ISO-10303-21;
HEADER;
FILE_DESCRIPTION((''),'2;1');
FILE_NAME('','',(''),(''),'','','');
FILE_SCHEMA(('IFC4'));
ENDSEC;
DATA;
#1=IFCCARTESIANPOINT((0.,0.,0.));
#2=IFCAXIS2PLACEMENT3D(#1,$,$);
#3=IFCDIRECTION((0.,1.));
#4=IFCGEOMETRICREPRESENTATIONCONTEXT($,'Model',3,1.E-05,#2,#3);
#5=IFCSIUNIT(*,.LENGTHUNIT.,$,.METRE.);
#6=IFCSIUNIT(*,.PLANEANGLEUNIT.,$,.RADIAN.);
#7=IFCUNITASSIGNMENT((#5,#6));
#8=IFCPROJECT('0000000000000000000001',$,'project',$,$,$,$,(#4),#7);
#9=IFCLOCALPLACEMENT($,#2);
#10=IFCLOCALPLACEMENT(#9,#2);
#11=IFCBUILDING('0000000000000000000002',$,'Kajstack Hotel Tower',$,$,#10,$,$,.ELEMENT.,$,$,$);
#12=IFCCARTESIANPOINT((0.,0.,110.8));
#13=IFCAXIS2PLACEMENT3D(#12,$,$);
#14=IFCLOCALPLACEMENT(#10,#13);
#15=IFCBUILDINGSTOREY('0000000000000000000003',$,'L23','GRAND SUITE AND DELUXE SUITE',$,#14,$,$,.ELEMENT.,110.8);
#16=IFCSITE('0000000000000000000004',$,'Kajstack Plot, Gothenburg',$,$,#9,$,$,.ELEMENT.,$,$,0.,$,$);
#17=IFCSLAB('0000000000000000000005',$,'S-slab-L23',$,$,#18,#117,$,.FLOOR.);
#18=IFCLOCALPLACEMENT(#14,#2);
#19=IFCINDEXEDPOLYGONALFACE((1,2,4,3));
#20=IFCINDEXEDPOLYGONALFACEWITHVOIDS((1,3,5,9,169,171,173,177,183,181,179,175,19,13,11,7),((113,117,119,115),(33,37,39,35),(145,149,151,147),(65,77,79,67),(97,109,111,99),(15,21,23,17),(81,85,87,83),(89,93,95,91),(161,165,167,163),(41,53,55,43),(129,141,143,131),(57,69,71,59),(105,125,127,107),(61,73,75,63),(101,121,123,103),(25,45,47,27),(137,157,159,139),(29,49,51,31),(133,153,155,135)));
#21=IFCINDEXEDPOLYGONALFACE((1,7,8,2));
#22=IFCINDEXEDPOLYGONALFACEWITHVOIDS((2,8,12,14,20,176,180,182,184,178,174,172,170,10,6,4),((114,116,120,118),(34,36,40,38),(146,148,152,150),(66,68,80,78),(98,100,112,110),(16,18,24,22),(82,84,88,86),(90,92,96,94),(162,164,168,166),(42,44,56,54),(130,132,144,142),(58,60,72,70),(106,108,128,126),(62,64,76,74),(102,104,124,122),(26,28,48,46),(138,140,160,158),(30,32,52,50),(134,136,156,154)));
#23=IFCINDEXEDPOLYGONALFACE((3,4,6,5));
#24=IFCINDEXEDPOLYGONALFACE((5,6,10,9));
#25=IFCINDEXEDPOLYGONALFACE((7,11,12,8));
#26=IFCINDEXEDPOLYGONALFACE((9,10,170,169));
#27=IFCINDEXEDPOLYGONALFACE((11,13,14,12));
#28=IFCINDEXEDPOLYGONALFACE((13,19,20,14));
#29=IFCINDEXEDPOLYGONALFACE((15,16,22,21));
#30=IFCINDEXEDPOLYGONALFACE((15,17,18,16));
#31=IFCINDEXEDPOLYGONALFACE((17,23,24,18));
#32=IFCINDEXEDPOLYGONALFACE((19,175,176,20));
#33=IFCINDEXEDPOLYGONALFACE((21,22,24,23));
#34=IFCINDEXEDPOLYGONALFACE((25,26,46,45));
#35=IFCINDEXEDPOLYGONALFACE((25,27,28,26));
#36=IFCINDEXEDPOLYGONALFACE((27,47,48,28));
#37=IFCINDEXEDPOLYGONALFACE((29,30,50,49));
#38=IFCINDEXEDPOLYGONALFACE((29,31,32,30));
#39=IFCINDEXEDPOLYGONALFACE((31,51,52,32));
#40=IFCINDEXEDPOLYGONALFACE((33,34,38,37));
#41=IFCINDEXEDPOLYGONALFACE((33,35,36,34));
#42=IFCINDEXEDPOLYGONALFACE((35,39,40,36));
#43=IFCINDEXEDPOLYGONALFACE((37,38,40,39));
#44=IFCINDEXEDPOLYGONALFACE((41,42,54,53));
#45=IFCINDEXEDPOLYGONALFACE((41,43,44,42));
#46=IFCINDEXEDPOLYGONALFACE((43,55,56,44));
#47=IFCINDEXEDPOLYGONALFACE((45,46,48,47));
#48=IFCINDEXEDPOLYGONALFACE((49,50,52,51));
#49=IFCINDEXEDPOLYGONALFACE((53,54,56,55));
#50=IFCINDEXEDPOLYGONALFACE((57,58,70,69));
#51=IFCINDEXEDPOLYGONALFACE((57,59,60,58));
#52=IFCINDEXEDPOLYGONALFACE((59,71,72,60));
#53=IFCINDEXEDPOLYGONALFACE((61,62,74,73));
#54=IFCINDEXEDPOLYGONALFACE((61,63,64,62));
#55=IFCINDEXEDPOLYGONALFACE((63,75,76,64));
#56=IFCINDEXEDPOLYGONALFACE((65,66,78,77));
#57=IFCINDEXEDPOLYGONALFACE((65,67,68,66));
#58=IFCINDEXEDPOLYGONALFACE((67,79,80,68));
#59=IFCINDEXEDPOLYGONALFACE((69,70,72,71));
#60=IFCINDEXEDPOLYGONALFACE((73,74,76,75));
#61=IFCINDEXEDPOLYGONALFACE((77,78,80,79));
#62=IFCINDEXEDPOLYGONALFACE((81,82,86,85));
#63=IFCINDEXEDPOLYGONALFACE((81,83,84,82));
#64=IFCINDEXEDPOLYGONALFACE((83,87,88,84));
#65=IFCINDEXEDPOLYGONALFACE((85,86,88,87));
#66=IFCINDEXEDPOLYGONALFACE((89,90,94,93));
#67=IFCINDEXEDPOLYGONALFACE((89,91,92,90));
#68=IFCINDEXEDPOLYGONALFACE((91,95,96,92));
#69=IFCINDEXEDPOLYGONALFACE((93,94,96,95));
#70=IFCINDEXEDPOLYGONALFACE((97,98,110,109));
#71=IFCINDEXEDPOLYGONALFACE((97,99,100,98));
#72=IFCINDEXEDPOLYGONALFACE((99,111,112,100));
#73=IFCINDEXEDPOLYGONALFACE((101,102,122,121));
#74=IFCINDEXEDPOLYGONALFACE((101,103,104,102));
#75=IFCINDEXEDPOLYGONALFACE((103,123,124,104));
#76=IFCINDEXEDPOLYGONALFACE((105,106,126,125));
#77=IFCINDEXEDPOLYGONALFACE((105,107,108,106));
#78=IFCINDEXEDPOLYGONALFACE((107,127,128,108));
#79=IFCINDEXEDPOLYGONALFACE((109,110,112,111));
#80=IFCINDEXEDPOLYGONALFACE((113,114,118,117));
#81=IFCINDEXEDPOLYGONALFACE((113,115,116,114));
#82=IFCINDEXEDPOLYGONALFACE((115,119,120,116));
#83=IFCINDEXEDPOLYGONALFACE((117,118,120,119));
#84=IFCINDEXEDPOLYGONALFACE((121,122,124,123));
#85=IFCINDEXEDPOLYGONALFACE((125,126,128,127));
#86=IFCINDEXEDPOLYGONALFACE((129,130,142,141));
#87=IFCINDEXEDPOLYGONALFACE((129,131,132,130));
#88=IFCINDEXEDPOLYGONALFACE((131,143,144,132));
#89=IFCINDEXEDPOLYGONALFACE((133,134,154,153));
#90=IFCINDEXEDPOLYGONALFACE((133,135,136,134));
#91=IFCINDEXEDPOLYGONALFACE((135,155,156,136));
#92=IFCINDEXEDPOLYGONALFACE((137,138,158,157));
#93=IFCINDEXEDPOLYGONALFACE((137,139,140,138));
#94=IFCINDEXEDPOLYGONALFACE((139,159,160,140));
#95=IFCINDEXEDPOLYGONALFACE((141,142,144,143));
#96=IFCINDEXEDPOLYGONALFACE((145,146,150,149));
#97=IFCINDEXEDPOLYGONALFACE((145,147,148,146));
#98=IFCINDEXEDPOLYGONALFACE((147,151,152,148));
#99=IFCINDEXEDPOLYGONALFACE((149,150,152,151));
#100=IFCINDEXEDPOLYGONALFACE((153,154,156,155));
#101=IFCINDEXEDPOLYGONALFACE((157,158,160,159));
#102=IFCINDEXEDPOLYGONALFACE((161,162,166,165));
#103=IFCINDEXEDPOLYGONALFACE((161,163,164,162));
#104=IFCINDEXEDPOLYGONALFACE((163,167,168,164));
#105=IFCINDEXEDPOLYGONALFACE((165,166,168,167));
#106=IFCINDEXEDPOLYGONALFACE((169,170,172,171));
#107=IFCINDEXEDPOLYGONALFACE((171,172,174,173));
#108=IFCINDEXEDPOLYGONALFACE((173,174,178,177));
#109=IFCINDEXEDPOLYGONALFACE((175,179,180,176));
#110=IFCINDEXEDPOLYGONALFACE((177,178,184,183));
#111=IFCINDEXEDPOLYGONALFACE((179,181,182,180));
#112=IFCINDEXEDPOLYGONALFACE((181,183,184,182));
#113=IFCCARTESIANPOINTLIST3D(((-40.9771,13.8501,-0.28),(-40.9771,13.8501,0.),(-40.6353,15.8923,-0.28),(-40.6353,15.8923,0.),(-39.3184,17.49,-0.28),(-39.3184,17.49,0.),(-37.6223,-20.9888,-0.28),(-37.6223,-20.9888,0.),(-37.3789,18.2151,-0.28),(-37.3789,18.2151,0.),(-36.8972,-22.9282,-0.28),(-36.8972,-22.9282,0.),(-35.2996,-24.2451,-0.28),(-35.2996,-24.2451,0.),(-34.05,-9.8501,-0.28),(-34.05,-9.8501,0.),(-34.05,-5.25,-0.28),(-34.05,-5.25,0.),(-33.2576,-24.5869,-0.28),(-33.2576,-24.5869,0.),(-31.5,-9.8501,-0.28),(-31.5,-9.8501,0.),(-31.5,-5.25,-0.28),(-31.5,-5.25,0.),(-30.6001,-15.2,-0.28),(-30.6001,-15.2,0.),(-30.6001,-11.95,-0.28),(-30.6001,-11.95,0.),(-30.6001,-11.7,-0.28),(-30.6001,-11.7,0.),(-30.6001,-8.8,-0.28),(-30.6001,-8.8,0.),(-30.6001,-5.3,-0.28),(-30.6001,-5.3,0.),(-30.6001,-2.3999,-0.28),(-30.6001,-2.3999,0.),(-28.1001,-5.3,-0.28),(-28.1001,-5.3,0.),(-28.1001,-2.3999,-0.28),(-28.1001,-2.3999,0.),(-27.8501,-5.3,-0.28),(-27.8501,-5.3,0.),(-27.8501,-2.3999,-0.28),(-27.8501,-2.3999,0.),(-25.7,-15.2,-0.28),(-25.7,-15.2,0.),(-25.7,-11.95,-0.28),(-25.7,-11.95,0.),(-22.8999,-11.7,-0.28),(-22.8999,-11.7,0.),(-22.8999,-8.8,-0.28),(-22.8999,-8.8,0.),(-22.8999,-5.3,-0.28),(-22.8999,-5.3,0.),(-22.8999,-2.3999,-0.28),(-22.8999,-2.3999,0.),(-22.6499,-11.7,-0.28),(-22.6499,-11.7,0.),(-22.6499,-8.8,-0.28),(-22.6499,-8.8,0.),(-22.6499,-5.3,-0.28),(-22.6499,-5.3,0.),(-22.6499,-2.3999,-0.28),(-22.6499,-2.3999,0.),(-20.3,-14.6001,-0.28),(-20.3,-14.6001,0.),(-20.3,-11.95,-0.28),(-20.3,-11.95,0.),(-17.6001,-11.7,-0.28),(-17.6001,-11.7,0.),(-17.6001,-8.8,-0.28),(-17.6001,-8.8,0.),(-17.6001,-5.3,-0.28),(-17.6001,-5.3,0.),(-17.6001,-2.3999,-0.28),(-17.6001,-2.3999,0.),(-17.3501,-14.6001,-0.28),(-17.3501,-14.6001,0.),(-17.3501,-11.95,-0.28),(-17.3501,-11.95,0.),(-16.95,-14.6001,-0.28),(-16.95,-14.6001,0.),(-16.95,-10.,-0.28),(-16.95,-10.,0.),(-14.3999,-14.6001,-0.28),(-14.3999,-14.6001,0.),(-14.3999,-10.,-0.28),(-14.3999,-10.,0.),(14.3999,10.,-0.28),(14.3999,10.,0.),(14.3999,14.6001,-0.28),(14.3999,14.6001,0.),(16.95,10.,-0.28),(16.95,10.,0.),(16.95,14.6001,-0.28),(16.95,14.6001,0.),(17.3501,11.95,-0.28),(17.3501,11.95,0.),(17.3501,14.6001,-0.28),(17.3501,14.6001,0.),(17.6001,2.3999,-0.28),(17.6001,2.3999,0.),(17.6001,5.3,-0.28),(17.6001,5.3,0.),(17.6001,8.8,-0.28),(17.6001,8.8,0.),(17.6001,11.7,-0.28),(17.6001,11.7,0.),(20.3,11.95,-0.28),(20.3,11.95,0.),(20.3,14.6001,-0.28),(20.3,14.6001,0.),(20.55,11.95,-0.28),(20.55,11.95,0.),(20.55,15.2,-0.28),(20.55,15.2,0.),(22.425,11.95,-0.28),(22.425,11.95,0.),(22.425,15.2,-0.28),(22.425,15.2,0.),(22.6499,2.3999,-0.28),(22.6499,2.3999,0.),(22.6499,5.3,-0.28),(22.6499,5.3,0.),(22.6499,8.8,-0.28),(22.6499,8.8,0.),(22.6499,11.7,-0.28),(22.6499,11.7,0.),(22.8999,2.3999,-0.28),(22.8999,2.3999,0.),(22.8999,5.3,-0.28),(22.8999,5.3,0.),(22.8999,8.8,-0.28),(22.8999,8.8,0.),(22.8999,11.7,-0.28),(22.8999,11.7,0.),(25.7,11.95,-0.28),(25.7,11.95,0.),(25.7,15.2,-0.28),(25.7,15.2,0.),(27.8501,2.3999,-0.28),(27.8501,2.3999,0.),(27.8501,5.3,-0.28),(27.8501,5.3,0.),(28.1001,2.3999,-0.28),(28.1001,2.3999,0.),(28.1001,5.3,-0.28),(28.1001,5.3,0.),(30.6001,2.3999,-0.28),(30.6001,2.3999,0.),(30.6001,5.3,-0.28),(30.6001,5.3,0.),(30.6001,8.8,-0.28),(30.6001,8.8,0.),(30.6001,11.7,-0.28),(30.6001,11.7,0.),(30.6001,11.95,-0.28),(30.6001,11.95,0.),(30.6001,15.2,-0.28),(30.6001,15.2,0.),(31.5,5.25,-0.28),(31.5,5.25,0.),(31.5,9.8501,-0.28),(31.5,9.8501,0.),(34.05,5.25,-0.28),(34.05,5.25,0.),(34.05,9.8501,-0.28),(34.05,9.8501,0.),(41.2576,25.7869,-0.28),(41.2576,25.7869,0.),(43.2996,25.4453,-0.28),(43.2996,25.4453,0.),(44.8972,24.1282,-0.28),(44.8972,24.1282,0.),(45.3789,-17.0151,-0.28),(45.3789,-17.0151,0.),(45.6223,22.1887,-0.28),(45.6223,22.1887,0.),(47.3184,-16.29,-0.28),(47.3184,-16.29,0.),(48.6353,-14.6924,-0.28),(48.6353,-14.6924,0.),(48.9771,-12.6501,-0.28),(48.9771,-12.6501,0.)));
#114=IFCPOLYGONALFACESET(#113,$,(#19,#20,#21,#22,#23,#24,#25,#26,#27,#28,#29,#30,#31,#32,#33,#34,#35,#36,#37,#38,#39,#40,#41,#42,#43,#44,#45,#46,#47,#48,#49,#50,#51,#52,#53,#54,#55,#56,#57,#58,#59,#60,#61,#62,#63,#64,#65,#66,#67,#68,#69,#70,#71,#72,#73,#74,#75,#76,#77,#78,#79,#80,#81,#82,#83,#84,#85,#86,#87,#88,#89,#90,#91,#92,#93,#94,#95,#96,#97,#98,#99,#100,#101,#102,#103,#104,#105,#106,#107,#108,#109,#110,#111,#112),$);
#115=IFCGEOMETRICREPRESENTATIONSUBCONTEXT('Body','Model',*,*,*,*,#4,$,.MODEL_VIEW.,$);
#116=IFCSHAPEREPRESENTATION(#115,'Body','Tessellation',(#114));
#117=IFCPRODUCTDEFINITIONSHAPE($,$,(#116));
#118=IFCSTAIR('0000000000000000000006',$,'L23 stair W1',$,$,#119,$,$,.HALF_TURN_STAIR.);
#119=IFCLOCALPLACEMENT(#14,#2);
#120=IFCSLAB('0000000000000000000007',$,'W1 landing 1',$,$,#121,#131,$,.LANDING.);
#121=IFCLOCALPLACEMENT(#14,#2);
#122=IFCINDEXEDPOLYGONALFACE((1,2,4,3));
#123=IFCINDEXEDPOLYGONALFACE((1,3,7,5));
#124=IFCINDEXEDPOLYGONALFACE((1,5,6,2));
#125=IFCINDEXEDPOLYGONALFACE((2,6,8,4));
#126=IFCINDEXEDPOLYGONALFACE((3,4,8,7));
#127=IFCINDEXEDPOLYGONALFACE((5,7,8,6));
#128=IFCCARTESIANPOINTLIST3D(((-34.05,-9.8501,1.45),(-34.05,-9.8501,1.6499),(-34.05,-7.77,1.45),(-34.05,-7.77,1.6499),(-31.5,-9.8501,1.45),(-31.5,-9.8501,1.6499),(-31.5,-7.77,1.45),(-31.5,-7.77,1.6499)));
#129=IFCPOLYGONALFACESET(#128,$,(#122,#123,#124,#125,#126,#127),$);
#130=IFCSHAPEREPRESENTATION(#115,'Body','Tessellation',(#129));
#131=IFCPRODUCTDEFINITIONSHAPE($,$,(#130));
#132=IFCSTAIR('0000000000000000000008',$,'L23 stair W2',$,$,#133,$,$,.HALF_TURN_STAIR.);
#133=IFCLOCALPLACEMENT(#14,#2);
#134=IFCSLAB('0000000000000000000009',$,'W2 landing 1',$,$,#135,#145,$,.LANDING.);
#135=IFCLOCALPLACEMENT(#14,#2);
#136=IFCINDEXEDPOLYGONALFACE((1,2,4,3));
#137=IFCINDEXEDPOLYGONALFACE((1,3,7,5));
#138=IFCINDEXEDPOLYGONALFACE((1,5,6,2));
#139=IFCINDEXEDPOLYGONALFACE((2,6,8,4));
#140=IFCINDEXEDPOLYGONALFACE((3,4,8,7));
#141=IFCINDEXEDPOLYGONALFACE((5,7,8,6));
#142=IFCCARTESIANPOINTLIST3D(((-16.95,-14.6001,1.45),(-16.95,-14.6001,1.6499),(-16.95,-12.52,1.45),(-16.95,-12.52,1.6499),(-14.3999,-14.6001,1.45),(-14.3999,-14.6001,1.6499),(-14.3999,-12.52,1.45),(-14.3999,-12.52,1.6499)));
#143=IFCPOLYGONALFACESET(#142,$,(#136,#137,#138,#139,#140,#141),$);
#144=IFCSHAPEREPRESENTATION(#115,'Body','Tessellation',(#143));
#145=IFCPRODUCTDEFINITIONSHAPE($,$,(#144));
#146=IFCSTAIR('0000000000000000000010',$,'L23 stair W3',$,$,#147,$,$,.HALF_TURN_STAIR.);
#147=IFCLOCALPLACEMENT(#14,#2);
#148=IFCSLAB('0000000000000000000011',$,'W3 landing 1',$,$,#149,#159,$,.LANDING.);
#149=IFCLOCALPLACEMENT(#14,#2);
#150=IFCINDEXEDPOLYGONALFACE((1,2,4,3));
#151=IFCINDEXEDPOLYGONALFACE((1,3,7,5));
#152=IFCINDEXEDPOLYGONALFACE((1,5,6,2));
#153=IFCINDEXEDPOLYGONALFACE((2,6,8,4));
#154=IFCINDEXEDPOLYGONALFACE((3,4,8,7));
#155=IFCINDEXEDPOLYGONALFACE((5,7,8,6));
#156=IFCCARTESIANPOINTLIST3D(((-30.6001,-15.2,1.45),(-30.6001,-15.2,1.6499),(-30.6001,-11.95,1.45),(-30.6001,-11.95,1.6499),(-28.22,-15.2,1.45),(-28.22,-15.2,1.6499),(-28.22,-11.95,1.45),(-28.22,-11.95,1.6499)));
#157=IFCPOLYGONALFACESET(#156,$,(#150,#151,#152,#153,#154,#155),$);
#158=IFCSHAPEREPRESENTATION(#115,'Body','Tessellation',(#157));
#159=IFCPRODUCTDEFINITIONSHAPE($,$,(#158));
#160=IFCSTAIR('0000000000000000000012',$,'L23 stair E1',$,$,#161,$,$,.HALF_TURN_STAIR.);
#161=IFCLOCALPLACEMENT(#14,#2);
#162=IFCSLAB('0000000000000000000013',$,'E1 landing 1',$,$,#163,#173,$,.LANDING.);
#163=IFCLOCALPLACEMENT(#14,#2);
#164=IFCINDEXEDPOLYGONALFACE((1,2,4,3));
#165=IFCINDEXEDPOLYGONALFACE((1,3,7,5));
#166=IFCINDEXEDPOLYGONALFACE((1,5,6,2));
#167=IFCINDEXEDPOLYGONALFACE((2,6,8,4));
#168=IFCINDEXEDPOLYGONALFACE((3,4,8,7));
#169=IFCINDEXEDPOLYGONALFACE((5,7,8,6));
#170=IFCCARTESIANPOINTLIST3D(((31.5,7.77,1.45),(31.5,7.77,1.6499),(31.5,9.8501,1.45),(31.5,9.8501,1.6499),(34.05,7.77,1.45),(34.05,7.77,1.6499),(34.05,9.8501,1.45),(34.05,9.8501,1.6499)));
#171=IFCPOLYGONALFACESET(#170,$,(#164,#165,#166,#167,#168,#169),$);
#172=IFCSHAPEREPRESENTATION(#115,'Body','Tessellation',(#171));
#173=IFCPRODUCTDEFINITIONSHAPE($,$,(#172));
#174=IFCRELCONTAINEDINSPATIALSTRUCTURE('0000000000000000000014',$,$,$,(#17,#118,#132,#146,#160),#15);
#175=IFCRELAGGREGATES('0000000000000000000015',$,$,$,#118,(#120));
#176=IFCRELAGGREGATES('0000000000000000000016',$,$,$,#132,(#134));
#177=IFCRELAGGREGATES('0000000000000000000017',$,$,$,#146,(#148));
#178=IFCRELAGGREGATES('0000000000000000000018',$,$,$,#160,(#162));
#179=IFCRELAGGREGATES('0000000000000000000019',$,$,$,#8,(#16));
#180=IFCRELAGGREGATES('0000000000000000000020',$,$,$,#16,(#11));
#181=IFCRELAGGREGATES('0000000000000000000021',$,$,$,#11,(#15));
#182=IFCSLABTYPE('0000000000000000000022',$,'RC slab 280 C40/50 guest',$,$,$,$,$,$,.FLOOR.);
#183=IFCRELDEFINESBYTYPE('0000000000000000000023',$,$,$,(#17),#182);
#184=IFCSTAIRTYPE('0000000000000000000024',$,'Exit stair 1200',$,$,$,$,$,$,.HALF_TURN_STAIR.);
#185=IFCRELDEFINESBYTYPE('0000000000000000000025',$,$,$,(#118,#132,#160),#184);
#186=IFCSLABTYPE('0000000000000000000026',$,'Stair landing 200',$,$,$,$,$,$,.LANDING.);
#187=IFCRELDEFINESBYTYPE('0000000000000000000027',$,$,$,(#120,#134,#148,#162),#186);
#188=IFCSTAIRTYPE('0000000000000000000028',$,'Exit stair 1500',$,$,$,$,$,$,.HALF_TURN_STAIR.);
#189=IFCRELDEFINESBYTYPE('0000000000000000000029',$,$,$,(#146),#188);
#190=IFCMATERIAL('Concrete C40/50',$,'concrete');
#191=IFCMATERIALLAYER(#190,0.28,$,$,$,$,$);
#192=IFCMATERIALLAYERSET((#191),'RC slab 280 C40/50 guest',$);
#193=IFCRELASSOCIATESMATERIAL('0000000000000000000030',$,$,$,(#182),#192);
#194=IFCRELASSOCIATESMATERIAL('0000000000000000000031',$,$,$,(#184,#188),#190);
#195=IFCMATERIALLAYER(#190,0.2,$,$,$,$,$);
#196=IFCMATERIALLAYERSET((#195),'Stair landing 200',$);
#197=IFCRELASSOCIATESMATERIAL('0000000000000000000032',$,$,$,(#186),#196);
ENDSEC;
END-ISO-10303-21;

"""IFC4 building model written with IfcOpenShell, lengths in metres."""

from ifc_helpers import new_model, si_unit, direction, frame, origin, place, context, subcontext, project, spatial, polyline, outline, extrude, material, layer, layer_set, type_object, element, aggregate, save


model = new_model("IFC4")

# Units and contexts
model_context = context("Model", 3, precision=1e-05, world=origin(), true_north=direction((0.0, 1.0)))
body_context = subcontext(model_context, "Body", "Model", "MODEL_VIEW")
ifc_project = project(units=[si_unit("LENGTHUNIT", "METRE"), si_unit("PLANEANGLEUNIT", "RADIAN")], contexts=[model_context])

# Site, building, storey
site_placement = place(None, origin())
site = spatial("IfcSite", under=ifc_project, at=site_placement, Name="Kajstack Plot, Gothenburg", CompositionType="ELEMENT", RefElevation=0.0)
building_placement = place(site_placement, origin())
building = spatial("IfcBuilding", under=site, at=building_placement, Name="Kajstack Hotel Tower", CompositionType="ELEMENT")
storey_placement = place(building_placement, frame((0.0, 0.0, 110.8)))
storey = spatial("IfcBuildingStorey", under=building, at=storey_placement, Name="L23", Description="GRAND SUITE AND DELUXE SUITE", CompositionType="ELEMENT", Elevation=110.8)

# Slab
ifc_material_1 = material(Name="Concrete C40/50", Category="concrete")
ifc_layer_1 = layer(ifc_material_1, 0.28)
ifc_layer_set_1 = layer_set([ifc_layer_1], Name="RC slab 280 C40/50 guest")
slab_type_1 = type_object("IfcSlabType", Name="RC slab 280 C40/50 guest", PredefinedType="FLOOR", material=ifc_layer_set_1)
slab_1_placement = place(storey_placement, frame((0.0, 0.0, -0.28)))
element("IfcSlab", 1, at=slab_1_placement, inside=storey, type_object=slab_type_1, Name="S-slab-L23", PredefinedType="FLOOR", context=body_context, shape_type="SweptSolid", body=[
    extrude(outline(polyline([(-40.9771, 13.8501), (-37.6223, -20.9888), (-36.8972, -22.9282), (-35.2996, -24.2451), (-33.2576, -24.5869), (45.3789, -17.0151), (47.3184, -16.29), (48.6353, -14.6924), (48.9771, -12.6501), (45.6223, 22.1887), (44.8972, 24.1282), (43.2996, 25.4453), (41.2576, 25.7869), (-37.3789, 18.2151), (-39.3184, 17.49), (-40.6353, 15.8923), (-40.9771, 13.8501)]), holes=[polyline([(-30.6001, -11.7), (-30.6001, -8.8), (-22.8999, -8.8), (-22.8999, -11.7), (-30.6001, -11.7)]), polyline([(-22.6499, -11.7), (-22.6499, -8.8), (-17.6001, -8.8), (-17.6001, -11.7), (-22.6499, -11.7)]), polyline([(-27.8501, -5.3), (-27.8501, -2.3999), (-22.8999, -2.3999), (-22.8999, -5.3), (-27.8501, -5.3)]), polyline([(-22.6499, -5.3), (-22.6499, -2.3999), (-17.6001, -2.3999), (-17.6001, -5.3), (-22.6499, -5.3)]), polyline([(-20.3, -14.6001), (-17.3501, -14.6001), (-17.3501, -11.95), (-20.3, -11.95), (-20.3, -14.6001)]), polyline([(-30.6001, -5.3), (-28.1001, -5.3), (-28.1001, -2.3999), (-30.6001, -2.3999), (-30.6001, -5.3)]), polyline([(22.8999, 8.8), (22.8999, 11.7), (30.6001, 11.7), (30.6001, 8.8), (22.8999, 8.8)]), polyline([(17.6001, 8.8), (17.6001, 11.7), (22.6499, 11.7), (22.6499, 8.8), (17.6001, 8.8)]), polyline([(22.8999, 2.3999), (22.8999, 5.3), (27.8501, 5.3), (27.8501, 2.3999), (22.8999, 2.3999)]), polyline([(17.6001, 2.3999), (17.6001, 5.3), (22.6499, 5.3), (22.6499, 2.3999), (17.6001, 2.3999)]), polyline([(20.3, 14.6001), (17.3501, 14.6001), (17.3501, 11.95), (20.3, 11.95), (20.3, 14.6001)]), polyline([(30.6001, 5.3), (28.1001, 5.3), (28.1001, 2.3999), (30.6001, 2.3999), (30.6001, 5.3)]), polyline([(-34.05, -9.8501), (-31.5, -9.8501), (-31.5, -5.25), (-34.05, -5.25), (-34.05, -9.8501)]), polyline([(-16.95, -14.6001), (-14.3999, -14.6001), (-14.3999, -10.0), (-16.95, -10.0), (-16.95, -14.6001)]), polyline([(-30.6001, -15.2), (-25.7, -15.2), (-25.7, -11.95), (-30.6001, -11.95), (-30.6001, -15.2)]), polyline([(34.05, 9.8501), (31.5, 9.8501), (31.5, 5.25), (34.05, 5.25), (34.05, 9.8501)]), polyline([(16.95, 14.6001), (14.3999, 14.6001), (14.3999, 10.0), (16.95, 10.0), (16.95, 14.6001)]), polyline([(30.6001, 15.2), (25.7, 15.2), (25.7, 11.95), (30.6001, 11.95), (30.6001, 15.2)]), polyline([(22.425, 15.2), (22.425, 11.95), (20.55, 11.95), (20.55, 15.2), (22.425, 15.2)])]), origin(), (0.0, 0.0, 1.0), 0.28),
])

# Stairs, slabs
stair_type_1 = type_object("IfcStairType", Name="Exit stair 1200", PredefinedType="HALF_TURN_STAIR", material=ifc_material_1)
stair_1_placement = place(storey_placement, origin())
stair_1 = element("IfcStair", 2, at=stair_1_placement, inside=storey, type_object=stair_type_1, Name="L23 stair W1", PredefinedType="HALF_TURN_STAIR")
ifc_layer_2 = layer(ifc_material_1, 0.2)
ifc_layer_set_2 = layer_set([ifc_layer_2], Name="Stair landing 200")
slab_type_2 = type_object("IfcSlabType", Name="Stair landing 200", PredefinedType="LANDING", material=ifc_layer_set_2)
slab_2_placement = place(storey_placement, frame((0.0, 0.0, 1.45)))
slab_2 = element("IfcSlab", 3, at=slab_2_placement, type_object=slab_type_2, Name="W1 landing 1", PredefinedType="LANDING", context=body_context, shape_type="SweptSolid", body=[
    extrude(outline(polyline([(-34.05, -7.77), (-34.05, -9.8501), (-31.5, -9.8501), (-31.5, -7.77), (-34.05, -7.77)])), origin(), (0.0, 0.0, 1.0), 0.2),
])
aggregate(stair_1, [slab_2])
stair_2_placement = place(storey_placement, origin())
stair_2 = element("IfcStair", 4, at=stair_2_placement, inside=storey, type_object=stair_type_1, Name="L23 stair W2", PredefinedType="HALF_TURN_STAIR")
slab_3_placement = place(storey_placement, frame((0.0, 0.0, 1.45)))
slab_3 = element("IfcSlab", 5, at=slab_3_placement, type_object=slab_type_2, Name="W2 landing 1", PredefinedType="LANDING", context=body_context, shape_type="SweptSolid", body=[
    extrude(outline(polyline([(-16.95, -12.52), (-16.95, -14.6001), (-14.3999, -14.6001), (-14.3999, -12.52), (-16.95, -12.52)])), origin(), (0.0, 0.0, 1.0), 0.2),
])
aggregate(stair_2, [slab_3])
stair_type_2 = type_object("IfcStairType", Name="Exit stair 1500", PredefinedType="HALF_TURN_STAIR", material=ifc_material_1)
stair_3_placement = place(storey_placement, origin())
stair_3 = element("IfcStair", 6, at=stair_3_placement, inside=storey, type_object=stair_type_2, Name="L23 stair W3", PredefinedType="HALF_TURN_STAIR")
slab_4_placement = place(storey_placement, frame((0.0, 0.0, 1.45)))
slab_4 = element("IfcSlab", 7, at=slab_4_placement, type_object=slab_type_2, Name="W3 landing 1", PredefinedType="LANDING", context=body_context, shape_type="SweptSolid", body=[
    extrude(outline(polyline([(-28.22, -11.95), (-30.6001, -11.95), (-30.6001, -15.2), (-28.22, -15.2), (-28.22, -11.95)])), origin(), (0.0, 0.0, 1.0), 0.2),
])
aggregate(stair_3, [slab_4])
stair_4_placement = place(storey_placement, origin())
stair_4 = element("IfcStair", 8, at=stair_4_placement, inside=storey, type_object=stair_type_1, Name="L23 stair E1", PredefinedType="HALF_TURN_STAIR")
slab_5_placement = place(storey_placement, frame((0.0, 0.0, 1.45)))
slab_5 = element("IfcSlab", 9, at=slab_5_placement, type_object=slab_type_2, Name="E1 landing 1", PredefinedType="LANDING", context=body_context, shape_type="SweptSolid", body=[
    extrude(outline(polyline([(34.05, 7.77), (34.05, 9.8501), (31.5, 9.8501), (31.5, 7.77), (34.05, 7.77)])), origin(), (0.0, 0.0, 1.0), 0.2),
])
aggregate(stair_4, [slab_5])

save(model, "model.ifc")
